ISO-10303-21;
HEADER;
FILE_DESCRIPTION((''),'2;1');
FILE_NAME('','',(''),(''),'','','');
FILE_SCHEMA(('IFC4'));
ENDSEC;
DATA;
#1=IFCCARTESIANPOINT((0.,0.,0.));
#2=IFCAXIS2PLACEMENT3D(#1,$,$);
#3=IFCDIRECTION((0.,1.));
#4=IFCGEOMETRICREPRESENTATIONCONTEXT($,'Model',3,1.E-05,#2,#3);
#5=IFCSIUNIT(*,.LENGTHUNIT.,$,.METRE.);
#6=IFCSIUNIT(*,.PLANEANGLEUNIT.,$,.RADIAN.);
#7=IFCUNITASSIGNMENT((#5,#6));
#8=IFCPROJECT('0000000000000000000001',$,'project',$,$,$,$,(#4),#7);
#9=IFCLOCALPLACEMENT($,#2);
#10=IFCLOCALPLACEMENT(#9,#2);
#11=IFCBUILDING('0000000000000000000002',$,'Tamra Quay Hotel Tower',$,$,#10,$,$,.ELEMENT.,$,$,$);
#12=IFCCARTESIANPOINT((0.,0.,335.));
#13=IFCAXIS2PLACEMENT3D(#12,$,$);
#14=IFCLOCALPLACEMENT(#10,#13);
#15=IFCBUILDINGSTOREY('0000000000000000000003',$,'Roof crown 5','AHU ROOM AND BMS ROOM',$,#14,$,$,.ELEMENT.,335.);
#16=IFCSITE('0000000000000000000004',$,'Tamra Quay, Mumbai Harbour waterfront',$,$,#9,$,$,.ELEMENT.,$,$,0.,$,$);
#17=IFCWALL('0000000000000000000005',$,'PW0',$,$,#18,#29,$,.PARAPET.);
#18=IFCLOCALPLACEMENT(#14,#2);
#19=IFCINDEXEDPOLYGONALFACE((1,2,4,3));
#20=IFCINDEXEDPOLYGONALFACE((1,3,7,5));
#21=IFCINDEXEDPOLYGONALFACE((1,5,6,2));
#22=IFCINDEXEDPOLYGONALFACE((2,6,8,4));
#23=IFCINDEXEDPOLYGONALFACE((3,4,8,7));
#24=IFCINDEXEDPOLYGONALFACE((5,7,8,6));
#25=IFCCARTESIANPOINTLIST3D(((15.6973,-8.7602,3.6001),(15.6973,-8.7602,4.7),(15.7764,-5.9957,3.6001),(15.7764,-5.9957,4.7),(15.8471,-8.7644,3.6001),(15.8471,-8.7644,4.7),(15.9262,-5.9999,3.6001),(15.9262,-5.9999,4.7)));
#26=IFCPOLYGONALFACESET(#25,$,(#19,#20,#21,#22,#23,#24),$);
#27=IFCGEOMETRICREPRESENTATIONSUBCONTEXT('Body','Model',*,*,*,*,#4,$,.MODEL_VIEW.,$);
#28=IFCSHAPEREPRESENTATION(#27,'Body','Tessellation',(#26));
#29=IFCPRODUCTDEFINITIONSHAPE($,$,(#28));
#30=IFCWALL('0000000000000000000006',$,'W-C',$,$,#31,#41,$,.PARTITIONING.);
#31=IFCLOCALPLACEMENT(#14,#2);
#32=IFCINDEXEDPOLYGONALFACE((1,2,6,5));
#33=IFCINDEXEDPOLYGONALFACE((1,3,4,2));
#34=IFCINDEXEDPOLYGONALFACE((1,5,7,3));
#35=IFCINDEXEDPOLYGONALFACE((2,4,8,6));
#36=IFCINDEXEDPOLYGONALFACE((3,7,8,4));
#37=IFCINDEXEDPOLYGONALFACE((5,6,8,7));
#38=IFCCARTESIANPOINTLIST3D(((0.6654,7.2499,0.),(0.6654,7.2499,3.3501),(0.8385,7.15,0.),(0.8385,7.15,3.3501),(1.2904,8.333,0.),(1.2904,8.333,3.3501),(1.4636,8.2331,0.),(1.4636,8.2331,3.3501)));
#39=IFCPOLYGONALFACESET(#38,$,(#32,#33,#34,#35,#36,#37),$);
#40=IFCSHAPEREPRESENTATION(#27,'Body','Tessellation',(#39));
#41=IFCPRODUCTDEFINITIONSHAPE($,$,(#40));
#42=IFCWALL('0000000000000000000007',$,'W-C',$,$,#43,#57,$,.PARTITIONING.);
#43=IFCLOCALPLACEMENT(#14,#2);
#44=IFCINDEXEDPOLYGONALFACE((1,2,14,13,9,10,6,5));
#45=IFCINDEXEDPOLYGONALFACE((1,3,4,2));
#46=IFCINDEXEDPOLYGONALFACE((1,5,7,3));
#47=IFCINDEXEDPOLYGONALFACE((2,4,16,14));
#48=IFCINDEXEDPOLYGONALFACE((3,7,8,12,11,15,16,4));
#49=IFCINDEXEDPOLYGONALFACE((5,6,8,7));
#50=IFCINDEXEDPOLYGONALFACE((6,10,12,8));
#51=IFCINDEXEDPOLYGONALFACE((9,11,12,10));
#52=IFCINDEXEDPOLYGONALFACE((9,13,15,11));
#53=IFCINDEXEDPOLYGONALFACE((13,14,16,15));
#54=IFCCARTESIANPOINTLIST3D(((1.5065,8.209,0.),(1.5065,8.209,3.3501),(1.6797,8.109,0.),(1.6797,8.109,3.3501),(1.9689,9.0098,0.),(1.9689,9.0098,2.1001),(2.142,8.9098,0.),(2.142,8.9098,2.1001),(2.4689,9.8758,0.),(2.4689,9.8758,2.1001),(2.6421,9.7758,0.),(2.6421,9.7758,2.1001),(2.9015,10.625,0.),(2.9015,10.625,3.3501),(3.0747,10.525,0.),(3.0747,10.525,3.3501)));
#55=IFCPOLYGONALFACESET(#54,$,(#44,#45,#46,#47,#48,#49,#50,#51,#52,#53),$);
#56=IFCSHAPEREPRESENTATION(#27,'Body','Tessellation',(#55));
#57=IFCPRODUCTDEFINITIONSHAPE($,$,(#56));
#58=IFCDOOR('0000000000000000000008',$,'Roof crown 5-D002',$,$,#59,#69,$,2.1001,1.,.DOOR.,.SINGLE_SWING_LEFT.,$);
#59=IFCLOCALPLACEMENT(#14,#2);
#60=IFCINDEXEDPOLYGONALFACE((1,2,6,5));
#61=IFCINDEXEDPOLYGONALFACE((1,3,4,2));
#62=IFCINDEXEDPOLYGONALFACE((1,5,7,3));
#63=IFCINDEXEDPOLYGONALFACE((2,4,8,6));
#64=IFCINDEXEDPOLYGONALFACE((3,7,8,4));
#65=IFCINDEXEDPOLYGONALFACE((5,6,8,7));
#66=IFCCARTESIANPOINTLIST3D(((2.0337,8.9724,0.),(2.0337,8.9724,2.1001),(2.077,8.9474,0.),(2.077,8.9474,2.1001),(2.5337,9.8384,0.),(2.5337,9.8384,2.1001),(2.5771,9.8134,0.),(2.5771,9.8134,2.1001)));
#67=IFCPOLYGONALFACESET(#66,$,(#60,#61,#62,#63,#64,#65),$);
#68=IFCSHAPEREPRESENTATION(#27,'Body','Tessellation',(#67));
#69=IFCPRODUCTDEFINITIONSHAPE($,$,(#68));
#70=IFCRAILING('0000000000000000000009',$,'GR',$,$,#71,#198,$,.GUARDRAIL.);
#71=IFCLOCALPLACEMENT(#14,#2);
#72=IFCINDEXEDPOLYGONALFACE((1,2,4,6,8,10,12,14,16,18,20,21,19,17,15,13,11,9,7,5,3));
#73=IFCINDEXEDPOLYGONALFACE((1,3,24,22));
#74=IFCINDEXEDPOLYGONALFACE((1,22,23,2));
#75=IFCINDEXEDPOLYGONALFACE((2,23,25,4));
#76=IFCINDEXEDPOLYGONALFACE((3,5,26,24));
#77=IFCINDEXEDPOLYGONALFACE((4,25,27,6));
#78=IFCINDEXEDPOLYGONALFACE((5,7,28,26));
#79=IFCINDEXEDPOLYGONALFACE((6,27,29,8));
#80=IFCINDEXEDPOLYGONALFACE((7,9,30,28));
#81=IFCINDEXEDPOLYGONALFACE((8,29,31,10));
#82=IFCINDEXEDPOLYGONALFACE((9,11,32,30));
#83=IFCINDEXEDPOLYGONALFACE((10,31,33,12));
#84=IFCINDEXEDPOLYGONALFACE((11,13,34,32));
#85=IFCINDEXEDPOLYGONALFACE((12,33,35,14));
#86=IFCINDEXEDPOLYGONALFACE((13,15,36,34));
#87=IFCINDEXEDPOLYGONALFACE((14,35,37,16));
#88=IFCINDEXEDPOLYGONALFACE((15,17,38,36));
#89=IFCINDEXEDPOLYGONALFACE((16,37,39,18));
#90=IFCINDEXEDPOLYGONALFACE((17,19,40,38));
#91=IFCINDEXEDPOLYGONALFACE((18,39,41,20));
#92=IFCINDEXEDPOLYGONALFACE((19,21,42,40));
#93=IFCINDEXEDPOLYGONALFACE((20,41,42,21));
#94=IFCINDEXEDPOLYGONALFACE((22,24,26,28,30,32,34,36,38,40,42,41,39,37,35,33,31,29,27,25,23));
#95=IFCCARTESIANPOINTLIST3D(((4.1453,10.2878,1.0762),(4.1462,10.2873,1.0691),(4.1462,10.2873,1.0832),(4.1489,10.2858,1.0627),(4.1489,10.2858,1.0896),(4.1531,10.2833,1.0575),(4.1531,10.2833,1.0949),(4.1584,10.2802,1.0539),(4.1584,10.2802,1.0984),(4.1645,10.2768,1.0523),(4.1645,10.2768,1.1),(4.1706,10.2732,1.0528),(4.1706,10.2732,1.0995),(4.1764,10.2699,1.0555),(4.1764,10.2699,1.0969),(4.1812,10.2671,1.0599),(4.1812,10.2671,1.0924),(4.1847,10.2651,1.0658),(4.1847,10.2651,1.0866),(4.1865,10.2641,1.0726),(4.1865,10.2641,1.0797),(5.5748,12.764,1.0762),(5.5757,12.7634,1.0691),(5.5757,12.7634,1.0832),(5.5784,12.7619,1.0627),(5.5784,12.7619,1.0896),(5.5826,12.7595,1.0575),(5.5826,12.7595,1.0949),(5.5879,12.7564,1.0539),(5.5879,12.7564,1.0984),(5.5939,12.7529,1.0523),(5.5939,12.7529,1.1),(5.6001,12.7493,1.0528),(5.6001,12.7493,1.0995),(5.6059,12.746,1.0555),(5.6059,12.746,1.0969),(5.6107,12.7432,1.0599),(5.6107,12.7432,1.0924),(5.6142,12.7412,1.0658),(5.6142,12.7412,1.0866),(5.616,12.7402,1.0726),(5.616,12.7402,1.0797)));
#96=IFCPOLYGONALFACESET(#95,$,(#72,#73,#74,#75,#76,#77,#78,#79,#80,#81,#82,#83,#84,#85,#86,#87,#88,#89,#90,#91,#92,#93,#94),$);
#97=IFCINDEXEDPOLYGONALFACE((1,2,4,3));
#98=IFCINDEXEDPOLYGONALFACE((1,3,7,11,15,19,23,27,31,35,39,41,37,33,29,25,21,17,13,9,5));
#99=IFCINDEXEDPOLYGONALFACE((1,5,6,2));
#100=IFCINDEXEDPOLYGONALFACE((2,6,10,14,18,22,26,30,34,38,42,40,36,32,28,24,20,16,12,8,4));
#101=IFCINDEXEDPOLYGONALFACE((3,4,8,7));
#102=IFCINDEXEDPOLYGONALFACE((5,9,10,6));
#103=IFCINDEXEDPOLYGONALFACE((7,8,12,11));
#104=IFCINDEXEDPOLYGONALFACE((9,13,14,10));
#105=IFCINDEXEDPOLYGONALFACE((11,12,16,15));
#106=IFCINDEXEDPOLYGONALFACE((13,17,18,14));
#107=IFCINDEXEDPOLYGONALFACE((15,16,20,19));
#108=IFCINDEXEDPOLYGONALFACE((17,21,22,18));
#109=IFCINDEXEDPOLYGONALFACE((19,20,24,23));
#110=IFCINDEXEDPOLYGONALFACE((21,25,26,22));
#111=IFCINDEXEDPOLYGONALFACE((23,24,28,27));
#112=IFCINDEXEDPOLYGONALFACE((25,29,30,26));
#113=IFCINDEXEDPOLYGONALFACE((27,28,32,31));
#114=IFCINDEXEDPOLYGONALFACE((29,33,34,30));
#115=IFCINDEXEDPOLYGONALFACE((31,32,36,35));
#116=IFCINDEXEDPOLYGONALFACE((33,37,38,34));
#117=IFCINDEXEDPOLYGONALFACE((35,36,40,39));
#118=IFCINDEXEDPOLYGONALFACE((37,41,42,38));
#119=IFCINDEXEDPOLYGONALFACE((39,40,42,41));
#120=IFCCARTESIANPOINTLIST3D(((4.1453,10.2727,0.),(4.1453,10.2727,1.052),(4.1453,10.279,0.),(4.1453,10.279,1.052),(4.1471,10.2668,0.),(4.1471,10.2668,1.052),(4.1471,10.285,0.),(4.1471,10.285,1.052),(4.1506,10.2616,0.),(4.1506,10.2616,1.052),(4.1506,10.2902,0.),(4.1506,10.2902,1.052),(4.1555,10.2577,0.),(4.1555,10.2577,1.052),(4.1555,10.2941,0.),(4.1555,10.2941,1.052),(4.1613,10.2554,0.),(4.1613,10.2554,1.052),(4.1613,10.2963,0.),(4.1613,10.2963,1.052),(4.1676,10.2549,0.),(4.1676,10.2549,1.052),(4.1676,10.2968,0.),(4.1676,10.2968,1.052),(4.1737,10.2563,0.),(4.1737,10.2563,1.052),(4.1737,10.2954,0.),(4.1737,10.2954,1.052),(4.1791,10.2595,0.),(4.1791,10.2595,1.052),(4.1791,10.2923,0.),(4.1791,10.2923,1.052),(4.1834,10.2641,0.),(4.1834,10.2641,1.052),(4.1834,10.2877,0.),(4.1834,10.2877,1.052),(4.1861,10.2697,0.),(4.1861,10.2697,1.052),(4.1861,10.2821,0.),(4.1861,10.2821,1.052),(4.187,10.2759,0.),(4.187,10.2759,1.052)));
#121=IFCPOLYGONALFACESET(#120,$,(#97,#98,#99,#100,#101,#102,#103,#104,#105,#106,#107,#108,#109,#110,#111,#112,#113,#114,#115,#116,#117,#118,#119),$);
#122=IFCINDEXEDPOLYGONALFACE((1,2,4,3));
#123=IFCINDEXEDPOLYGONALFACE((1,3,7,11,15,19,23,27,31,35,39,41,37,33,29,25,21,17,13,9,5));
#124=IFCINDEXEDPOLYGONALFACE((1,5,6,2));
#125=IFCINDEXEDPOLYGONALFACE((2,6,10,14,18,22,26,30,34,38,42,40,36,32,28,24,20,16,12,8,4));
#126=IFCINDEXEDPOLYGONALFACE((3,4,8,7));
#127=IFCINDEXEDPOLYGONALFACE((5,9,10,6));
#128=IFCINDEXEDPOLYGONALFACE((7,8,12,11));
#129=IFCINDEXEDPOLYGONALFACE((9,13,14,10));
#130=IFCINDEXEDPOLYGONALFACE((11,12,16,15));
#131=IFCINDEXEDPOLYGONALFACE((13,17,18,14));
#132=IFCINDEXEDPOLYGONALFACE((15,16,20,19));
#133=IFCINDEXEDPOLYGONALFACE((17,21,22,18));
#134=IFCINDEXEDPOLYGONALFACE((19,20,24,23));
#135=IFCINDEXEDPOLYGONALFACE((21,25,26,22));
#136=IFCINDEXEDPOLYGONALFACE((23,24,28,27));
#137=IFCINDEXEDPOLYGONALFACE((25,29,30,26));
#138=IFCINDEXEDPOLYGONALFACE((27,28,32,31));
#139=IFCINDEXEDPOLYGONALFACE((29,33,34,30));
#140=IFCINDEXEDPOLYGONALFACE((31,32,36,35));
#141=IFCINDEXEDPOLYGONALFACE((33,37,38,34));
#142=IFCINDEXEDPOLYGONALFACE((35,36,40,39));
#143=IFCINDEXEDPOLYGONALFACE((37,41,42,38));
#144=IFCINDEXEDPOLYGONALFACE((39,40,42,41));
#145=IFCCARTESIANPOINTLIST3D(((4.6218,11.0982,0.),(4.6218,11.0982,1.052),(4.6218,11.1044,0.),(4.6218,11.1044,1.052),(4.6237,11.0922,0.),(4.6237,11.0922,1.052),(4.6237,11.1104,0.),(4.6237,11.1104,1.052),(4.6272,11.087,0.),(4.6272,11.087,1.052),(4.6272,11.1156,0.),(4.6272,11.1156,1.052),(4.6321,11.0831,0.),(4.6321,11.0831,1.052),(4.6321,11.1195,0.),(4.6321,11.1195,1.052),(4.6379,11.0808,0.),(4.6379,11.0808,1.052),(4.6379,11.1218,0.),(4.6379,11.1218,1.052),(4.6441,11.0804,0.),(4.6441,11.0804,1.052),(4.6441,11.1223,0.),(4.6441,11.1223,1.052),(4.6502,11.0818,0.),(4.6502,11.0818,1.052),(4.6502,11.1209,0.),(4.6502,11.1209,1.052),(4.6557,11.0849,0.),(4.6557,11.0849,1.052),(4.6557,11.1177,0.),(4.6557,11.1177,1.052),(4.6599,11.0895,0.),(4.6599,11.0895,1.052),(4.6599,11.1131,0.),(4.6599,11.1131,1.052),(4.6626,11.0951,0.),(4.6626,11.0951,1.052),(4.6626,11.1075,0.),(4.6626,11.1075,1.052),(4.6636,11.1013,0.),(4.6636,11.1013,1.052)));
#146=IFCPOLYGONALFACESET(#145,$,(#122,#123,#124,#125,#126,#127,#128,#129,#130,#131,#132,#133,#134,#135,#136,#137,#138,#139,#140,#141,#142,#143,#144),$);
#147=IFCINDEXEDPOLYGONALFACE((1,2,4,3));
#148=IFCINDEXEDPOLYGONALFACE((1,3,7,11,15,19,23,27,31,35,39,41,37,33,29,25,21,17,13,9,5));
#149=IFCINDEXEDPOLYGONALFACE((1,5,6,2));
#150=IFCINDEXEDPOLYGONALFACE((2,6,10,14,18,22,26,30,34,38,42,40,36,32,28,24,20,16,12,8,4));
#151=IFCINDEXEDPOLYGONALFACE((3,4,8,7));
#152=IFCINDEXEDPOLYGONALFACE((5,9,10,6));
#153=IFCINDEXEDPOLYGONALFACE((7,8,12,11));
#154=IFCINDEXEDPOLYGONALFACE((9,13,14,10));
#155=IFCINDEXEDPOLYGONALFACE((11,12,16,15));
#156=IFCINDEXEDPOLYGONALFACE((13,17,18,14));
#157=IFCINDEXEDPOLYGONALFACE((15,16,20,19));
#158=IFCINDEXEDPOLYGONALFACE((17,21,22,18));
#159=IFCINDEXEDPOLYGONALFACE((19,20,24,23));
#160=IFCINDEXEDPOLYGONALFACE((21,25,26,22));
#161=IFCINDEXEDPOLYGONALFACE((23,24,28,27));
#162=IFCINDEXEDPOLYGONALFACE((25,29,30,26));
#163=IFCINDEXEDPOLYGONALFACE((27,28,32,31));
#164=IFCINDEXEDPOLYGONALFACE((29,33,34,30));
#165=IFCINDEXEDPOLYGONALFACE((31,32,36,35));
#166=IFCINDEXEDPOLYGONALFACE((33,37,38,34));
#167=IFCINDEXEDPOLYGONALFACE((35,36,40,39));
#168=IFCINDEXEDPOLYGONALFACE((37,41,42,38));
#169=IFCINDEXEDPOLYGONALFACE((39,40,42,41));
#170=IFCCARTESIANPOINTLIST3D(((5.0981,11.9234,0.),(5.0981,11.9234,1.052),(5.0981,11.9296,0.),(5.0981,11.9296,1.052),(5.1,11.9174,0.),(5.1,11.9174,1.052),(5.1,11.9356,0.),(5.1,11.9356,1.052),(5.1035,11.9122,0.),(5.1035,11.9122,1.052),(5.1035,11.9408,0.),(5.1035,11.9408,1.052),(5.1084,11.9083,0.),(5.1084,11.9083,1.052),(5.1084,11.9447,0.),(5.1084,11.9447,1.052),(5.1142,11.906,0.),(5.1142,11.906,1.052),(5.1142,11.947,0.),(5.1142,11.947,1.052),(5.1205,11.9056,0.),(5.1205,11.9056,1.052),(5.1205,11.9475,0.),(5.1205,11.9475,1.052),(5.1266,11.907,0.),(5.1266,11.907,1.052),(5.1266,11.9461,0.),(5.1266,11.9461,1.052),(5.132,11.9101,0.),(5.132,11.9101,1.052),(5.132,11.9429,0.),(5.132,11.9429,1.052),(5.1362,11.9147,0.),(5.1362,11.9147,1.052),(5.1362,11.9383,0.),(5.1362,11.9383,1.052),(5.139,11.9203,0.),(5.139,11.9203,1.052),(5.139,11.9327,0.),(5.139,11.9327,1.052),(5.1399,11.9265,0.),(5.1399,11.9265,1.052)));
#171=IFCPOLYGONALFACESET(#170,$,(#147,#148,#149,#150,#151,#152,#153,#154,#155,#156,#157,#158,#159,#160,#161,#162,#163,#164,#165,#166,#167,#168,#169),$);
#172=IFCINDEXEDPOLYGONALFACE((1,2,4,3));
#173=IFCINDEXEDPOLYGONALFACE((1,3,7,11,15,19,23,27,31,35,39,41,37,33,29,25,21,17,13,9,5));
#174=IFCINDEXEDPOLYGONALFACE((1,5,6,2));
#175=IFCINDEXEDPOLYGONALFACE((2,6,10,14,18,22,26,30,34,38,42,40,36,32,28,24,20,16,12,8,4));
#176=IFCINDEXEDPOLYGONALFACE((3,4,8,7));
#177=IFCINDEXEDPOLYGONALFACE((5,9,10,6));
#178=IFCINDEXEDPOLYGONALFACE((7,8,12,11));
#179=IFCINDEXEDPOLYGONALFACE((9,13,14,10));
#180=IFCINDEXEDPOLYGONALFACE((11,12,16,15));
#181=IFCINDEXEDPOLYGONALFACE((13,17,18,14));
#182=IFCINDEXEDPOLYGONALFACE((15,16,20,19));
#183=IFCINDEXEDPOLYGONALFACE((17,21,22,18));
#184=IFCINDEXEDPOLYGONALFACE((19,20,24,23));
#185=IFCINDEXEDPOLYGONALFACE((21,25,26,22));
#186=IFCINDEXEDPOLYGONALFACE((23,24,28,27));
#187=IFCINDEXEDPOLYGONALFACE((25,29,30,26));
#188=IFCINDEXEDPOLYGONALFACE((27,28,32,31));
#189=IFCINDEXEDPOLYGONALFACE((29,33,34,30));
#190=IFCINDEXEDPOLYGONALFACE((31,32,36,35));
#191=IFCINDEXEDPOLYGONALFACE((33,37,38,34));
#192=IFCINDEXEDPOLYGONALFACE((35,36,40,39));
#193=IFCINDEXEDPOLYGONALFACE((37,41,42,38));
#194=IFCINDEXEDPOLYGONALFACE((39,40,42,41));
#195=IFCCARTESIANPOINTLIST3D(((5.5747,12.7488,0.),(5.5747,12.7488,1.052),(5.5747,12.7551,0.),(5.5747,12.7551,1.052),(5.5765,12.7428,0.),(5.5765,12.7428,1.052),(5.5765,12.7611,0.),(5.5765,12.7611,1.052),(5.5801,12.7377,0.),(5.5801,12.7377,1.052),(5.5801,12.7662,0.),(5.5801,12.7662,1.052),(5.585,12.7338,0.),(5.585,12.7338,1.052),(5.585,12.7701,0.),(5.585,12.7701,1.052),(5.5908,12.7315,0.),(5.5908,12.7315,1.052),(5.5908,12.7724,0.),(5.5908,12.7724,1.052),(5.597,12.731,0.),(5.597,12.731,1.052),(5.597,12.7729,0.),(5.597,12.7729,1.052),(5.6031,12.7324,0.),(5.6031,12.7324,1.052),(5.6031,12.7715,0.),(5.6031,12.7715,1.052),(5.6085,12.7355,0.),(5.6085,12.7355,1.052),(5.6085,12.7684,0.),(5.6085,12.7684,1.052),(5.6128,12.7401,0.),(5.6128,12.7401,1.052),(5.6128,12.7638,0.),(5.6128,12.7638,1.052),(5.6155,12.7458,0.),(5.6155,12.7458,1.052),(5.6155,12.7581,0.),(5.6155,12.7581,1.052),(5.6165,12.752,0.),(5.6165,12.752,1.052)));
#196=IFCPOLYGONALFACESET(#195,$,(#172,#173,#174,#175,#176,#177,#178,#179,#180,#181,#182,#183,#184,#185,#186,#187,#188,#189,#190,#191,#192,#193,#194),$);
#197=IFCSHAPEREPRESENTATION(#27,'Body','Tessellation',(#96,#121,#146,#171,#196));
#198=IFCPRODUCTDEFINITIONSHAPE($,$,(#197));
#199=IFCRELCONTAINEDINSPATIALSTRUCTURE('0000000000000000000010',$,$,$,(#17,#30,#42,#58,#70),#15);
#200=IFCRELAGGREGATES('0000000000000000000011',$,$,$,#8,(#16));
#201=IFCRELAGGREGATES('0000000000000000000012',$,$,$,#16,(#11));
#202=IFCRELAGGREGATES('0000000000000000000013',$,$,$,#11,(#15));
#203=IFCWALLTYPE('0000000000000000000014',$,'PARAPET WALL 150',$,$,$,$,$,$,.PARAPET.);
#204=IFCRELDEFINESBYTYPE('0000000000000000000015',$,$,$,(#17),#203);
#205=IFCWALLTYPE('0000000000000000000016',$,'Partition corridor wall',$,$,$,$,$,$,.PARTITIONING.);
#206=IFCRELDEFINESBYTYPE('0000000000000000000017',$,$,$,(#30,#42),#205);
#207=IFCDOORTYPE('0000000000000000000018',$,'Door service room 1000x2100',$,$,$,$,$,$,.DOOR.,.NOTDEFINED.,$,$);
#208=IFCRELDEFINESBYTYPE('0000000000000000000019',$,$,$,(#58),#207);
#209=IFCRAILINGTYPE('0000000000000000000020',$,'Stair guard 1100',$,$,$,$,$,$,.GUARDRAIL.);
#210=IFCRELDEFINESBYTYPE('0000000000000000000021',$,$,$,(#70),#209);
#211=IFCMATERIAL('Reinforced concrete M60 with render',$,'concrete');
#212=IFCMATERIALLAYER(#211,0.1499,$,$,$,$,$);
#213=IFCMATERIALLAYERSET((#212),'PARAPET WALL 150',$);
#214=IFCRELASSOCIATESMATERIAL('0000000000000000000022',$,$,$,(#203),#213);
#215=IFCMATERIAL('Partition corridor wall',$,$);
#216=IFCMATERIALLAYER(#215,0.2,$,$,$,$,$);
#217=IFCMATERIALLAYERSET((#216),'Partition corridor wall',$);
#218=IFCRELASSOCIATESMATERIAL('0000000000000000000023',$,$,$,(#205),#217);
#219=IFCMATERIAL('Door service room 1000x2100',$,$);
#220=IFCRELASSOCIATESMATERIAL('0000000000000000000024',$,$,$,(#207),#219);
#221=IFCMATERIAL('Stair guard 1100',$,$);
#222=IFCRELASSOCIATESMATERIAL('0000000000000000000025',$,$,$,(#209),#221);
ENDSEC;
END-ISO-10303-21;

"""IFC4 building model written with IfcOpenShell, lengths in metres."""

from ifc_helpers import new_model, si_unit, direction, frame, frame_2d, origin, origin_2d, place, context, subcontext, project, spatial, rectangle, circle, extrude, material, layer, layer_set, type_object, element, fill, save


model = new_model("IFC4")

# Units and contexts
model_context = context("Model", 3, precision=1e-05, world=origin(), true_north=direction((0.0, 1.0)))
body_context = subcontext(model_context, "Body", "Model", "MODEL_VIEW")
ifc_project = project(units=[si_unit("LENGTHUNIT", "METRE"), si_unit("PLANEANGLEUNIT", "RADIAN")], contexts=[model_context])

# Site, building, storey
site_placement = place(None, origin())
site = spatial("IfcSite", under=ifc_project, at=site_placement, Name="Tamra Quay, Mumbai Harbour waterfront", CompositionType="ELEMENT", RefElevation=0.0)
building_placement = place(site_placement, origin())
building = spatial("IfcBuilding", under=site, at=building_placement, Name="Tamra Quay Hotel Tower", CompositionType="ELEMENT")
storey_placement = place(building_placement, frame((0.0, 0.0, 335.0)))
storey = spatial("IfcBuildingStorey", under=building, at=storey_placement, Name="Roof crown 5", Description="AHU ROOM AND BMS ROOM", CompositionType="ELEMENT", Elevation=335.0)

# Walls
ifc_material_1 = material(Name="Reinforced concrete M60 with render", Category="concrete")
ifc_layer_1 = layer(ifc_material_1, 0.1499)
ifc_layer_set_1 = layer_set([ifc_layer_1], Name="PARAPET WALL 150")
wall_type_1 = type_object("IfcWallType", Name="PARAPET WALL 150", PredefinedType="PARAPET", material=ifc_layer_set_1)
wall_1_placement = place(storey_placement, frame((15.8513, -5.9978, 3.6001), z_axis=(0.0, 0.0, 1.0), x_axis=(-0.028603, -0.999591, 0.0)))
element("IfcWall", 1, at=wall_1_placement, inside=storey, type_object=wall_type_1, Name="PW0", PredefinedType="PARAPET", context=body_context, shape_type="SweptSolid", body=[
    extrude(rectangle(XDim=2.7656, YDim=0.1499, at=frame_2d((1.3828, 0.0))), origin(), (0.0, 0.0, 1.0), 1.0999),
])
ifc_material_2 = material(Name="Partition corridor wall")
ifc_layer_2 = layer(ifc_material_2, 0.2)
ifc_layer_set_2 = layer_set([ifc_layer_2], Name="Partition corridor wall")
wall_type_2 = type_object("IfcWallType", Name="Partition corridor wall", PredefinedType="PARTITIONING", material=ifc_layer_set_2)
wall_2_placement = place(storey_placement, frame((0.752, 7.2, 0.0), z_axis=(0.0, 0.0, 1.0), x_axis=(0.499835, 0.866121, 0.0)))
element("IfcWall", 2, at=wall_2_placement, inside=storey, type_object=wall_type_2, Name="W-C", PredefinedType="PARTITIONING", context=body_context, shape_type="SweptSolid", body=[
    extrude(rectangle(XDim=1.2505, YDim=0.2, at=frame_2d((0.6252, 0.0))), origin(), (0.0, 0.0, 1.0), 3.3501),
])

# Wall, opening, door
wall_3_placement = place(storey_placement, frame((1.593, 8.1589, 0.0), z_axis=(0.0, 0.0, 1.0), x_axis=(0.500036, 0.866005, 0.0)))
wall_3 = element("IfcWall", 3, at=wall_3_placement, inside=storey, type_object=wall_type_2, Name="W-C", PredefinedType="PARTITIONING", context=body_context, shape_type="SweptSolid", body=[
    extrude(rectangle(XDim=2.7898, YDim=0.2, at=frame_2d((1.395, 0.0))), origin(), (0.0, 0.0, 1.0), 3.3501),
])
opening_1_placement = place(wall_3_placement, frame((0.9248, 0.0, 0.0)))
opening_1 = element("IfcOpeningElement", 4, at=opening_1_placement, cuts=wall_3, PredefinedType="OPENING", context=body_context, shape_type="SweptSolid", body=[
    extrude(rectangle(XDim=1.0, YDim=2.1001, at=frame_2d((0.5, 1.05))), frame((0.0, 0.1099, 0.0), z_axis=(0.0, -1.0, 0.0), x_axis=(1.0, 0.0, 0.0)), (0.0, 0.0, 1.0), 0.22),
])
ifc_material_3 = material(Name="Door service room 1000x2100")
door_type_1 = type_object("IfcDoorType", Name="Door service room 1000x2100", OperationType="NOTDEFINED", PredefinedType="DOOR", material=ifc_material_3)
door_1_placement = place(opening_1_placement, frame((1.0, 0.0, 0.0), z_axis=(0.0, 0.0, 1.0), x_axis=(-1.0, 0.0, 0.0)))
door_1 = element("IfcDoor", 5, at=door_1_placement, inside=storey, type_object=door_type_1, Name="Roof crown 5-D002", OperationType="SINGLE_SWING_LEFT", OverallHeight=2.1001, OverallWidth=1.0, PredefinedType="DOOR", context=body_context, shape_type="SweptSolid", body=[
    extrude(rectangle(XDim=1.0, YDim=2.1001, at=frame_2d((0.5, 1.05))), frame((0.0, 0.0249, 0.0), z_axis=(0.0, -1.0, 0.0), x_axis=(1.0, 0.0, 0.0)), (0.0, 0.0, 1.0), 0.05),
])
fill(opening_1, door_1)

# Railing
ifc_material_4 = material(Name="Stair guard 1100")
railing_type = type_object("IfcRailingType", Name="Stair guard 1100", PredefinedType="GUARDRAIL", material=ifc_material_4)
railing_placement = place(storey_placement, frame((4.166, 10.2759, 0.0)))
element("IfcRailing", 6, at=railing_placement, inside=storey, type_object=railing_type, Name="GR", PredefinedType="GUARDRAIL", context=body_context, shape_type="SweptSolid", body=[
    extrude(circle(Radius=0.0239, at=origin_2d()), frame((0.0, 0.0, 1.0762), z_axis=(0.499969, 0.866043, 0.0), x_axis=(-0.866043, 0.499969, 0.0)), (0.0, 0.0, 1.0), 2.8591),
    extrude(circle(Radius=0.021, at=origin_2d()), origin(), (0.0, 0.0, 1.0), 1.052),
    extrude(circle(Radius=0.021, at=origin_2d()), frame((0.4766, 0.8254, 0.0)), (0.0, 0.0, 1.0), 1.052),
    extrude(circle(Radius=0.021, at=origin_2d()), frame((0.9529, 1.6506, 0.0)), (0.0, 0.0, 1.0), 1.052),
    extrude(circle(Radius=0.021, at=origin_2d()), frame((1.4294, 2.4761, 0.0)), (0.0, 0.0, 1.0), 1.052),
])

save(model, "model.ifc")
